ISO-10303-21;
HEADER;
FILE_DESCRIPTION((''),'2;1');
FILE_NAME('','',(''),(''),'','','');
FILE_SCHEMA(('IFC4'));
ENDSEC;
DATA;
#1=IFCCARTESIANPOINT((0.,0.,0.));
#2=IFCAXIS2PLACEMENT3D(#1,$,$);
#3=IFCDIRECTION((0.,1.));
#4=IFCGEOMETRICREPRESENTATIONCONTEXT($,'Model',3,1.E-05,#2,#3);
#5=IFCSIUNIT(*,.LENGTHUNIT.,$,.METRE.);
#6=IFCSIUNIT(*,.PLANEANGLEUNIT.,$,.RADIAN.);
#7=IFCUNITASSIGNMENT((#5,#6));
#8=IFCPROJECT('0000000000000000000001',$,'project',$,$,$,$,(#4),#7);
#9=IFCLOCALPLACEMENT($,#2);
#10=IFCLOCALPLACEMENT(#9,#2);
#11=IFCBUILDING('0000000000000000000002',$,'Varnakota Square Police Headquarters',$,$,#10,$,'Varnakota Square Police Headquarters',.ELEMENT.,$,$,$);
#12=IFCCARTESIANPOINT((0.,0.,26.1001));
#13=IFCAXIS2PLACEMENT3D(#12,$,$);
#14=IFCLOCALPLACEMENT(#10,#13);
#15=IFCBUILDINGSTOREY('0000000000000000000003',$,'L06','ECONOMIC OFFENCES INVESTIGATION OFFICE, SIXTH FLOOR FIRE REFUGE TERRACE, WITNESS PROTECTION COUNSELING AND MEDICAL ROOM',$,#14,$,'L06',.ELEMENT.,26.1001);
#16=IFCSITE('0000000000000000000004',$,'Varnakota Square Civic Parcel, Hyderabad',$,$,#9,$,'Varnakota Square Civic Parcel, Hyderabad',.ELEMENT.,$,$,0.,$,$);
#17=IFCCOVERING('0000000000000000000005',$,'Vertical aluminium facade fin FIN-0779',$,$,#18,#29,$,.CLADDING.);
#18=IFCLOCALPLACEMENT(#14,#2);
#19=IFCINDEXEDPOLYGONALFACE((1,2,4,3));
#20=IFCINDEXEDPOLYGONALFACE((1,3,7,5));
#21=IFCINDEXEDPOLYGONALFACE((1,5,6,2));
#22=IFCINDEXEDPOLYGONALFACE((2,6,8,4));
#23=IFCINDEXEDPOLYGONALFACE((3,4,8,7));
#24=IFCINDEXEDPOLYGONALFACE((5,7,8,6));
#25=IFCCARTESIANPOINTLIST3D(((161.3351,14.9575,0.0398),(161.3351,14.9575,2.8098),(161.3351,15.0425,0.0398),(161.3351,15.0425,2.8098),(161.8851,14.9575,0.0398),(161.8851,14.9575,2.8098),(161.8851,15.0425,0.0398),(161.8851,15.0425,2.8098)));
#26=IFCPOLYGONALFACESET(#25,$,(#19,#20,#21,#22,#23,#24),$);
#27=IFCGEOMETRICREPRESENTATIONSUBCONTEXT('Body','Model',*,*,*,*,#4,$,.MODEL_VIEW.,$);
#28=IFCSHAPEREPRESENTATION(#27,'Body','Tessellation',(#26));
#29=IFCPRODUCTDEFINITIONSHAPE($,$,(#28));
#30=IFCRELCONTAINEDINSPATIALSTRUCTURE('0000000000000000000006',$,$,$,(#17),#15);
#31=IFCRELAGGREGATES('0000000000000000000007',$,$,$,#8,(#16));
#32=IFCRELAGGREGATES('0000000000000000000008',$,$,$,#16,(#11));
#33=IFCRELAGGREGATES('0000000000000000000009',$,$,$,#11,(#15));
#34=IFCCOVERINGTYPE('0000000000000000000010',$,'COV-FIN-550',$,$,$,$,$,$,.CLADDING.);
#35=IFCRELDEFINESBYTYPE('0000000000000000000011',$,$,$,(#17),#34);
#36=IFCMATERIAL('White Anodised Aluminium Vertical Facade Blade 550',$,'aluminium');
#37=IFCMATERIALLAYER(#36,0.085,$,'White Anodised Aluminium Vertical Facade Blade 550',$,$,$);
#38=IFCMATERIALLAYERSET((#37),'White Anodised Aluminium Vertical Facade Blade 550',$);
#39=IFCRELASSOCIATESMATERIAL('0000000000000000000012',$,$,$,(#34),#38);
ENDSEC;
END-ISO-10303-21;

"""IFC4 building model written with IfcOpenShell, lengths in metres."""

from ifc_helpers import new_model, si_unit, direction, frame, origin, origin_2d, place, context, subcontext, project, spatial, rectangle, extrude, material, layer, layer_set, type_object, element, save


model = new_model("IFC4")

# Units and contexts
model_context = context("Model", 3, precision=1e-05, world=origin(), true_north=direction((0.0, 1.0)))
body_context = subcontext(model_context, "Body", "Model", "MODEL_VIEW")
ifc_project = project(units=[si_unit("LENGTHUNIT", "METRE"), si_unit("PLANEANGLEUNIT", "RADIAN")], contexts=[model_context])

# Site, building, storey
site_placement = place(None, origin())
site = spatial("IfcSite", under=ifc_project, at=site_placement, Name="Varnakota Square Civic Parcel, Hyderabad", LongName="Varnakota Square Civic Parcel, Hyderabad", CompositionType="ELEMENT", RefElevation=0.0)
building_placement = place(site_placement, origin())
building = spatial("IfcBuilding", under=site, at=building_placement, Name="Varnakota Square Police Headquarters", LongName="Varnakota Square Police Headquarters", CompositionType="ELEMENT")
storey_placement = place(building_placement, frame((0.0, 0.0, 26.1001)))
storey = spatial("IfcBuildingStorey", under=building, at=storey_placement, Name="L06", Description="ECONOMIC OFFENCES INVESTIGATION OFFICE, SIXTH FLOOR FIRE REFUGE TERRACE, WITNESS PROTECTION COUNSELING AND MEDICAL ROOM", LongName="L06", CompositionType="ELEMENT", Elevation=26.1001)

# Covering
ifc_material_1 = material(Name="White Anodised Aluminium Vertical Facade Blade 550", Category="aluminium")
ifc_layer_1 = layer(ifc_material_1, 0.085, Name="White Anodised Aluminium Vertical Facade Blade 550")
ifc_layer_set_1 = layer_set([ifc_layer_1], Name="White Anodised Aluminium Vertical Facade Blade 550")
covering_type_1 = type_object("IfcCoveringType", Name="COV-FIN-550", PredefinedType="CLADDING", material=ifc_layer_set_1)
covering_1_placement = place(storey_placement, frame((161.6101, 15.0, 0.0398), z_axis=(0.0, 0.0, 1.0), x_axis=(0.0, 1.0, 0.0)))
element("IfcCovering", 1, at=covering_1_placement, inside=storey, type_object=covering_type_1, Name="Vertical aluminium facade fin FIN-0779", PredefinedType="CLADDING", context=body_context, shape_type="SweptSolid", body=[
    extrude(rectangle(XDim=0.085, YDim=0.55, at=origin_2d()), origin(), (0.0, 0.0, 1.0), 2.77),
])

save(model, "model.ifc")
